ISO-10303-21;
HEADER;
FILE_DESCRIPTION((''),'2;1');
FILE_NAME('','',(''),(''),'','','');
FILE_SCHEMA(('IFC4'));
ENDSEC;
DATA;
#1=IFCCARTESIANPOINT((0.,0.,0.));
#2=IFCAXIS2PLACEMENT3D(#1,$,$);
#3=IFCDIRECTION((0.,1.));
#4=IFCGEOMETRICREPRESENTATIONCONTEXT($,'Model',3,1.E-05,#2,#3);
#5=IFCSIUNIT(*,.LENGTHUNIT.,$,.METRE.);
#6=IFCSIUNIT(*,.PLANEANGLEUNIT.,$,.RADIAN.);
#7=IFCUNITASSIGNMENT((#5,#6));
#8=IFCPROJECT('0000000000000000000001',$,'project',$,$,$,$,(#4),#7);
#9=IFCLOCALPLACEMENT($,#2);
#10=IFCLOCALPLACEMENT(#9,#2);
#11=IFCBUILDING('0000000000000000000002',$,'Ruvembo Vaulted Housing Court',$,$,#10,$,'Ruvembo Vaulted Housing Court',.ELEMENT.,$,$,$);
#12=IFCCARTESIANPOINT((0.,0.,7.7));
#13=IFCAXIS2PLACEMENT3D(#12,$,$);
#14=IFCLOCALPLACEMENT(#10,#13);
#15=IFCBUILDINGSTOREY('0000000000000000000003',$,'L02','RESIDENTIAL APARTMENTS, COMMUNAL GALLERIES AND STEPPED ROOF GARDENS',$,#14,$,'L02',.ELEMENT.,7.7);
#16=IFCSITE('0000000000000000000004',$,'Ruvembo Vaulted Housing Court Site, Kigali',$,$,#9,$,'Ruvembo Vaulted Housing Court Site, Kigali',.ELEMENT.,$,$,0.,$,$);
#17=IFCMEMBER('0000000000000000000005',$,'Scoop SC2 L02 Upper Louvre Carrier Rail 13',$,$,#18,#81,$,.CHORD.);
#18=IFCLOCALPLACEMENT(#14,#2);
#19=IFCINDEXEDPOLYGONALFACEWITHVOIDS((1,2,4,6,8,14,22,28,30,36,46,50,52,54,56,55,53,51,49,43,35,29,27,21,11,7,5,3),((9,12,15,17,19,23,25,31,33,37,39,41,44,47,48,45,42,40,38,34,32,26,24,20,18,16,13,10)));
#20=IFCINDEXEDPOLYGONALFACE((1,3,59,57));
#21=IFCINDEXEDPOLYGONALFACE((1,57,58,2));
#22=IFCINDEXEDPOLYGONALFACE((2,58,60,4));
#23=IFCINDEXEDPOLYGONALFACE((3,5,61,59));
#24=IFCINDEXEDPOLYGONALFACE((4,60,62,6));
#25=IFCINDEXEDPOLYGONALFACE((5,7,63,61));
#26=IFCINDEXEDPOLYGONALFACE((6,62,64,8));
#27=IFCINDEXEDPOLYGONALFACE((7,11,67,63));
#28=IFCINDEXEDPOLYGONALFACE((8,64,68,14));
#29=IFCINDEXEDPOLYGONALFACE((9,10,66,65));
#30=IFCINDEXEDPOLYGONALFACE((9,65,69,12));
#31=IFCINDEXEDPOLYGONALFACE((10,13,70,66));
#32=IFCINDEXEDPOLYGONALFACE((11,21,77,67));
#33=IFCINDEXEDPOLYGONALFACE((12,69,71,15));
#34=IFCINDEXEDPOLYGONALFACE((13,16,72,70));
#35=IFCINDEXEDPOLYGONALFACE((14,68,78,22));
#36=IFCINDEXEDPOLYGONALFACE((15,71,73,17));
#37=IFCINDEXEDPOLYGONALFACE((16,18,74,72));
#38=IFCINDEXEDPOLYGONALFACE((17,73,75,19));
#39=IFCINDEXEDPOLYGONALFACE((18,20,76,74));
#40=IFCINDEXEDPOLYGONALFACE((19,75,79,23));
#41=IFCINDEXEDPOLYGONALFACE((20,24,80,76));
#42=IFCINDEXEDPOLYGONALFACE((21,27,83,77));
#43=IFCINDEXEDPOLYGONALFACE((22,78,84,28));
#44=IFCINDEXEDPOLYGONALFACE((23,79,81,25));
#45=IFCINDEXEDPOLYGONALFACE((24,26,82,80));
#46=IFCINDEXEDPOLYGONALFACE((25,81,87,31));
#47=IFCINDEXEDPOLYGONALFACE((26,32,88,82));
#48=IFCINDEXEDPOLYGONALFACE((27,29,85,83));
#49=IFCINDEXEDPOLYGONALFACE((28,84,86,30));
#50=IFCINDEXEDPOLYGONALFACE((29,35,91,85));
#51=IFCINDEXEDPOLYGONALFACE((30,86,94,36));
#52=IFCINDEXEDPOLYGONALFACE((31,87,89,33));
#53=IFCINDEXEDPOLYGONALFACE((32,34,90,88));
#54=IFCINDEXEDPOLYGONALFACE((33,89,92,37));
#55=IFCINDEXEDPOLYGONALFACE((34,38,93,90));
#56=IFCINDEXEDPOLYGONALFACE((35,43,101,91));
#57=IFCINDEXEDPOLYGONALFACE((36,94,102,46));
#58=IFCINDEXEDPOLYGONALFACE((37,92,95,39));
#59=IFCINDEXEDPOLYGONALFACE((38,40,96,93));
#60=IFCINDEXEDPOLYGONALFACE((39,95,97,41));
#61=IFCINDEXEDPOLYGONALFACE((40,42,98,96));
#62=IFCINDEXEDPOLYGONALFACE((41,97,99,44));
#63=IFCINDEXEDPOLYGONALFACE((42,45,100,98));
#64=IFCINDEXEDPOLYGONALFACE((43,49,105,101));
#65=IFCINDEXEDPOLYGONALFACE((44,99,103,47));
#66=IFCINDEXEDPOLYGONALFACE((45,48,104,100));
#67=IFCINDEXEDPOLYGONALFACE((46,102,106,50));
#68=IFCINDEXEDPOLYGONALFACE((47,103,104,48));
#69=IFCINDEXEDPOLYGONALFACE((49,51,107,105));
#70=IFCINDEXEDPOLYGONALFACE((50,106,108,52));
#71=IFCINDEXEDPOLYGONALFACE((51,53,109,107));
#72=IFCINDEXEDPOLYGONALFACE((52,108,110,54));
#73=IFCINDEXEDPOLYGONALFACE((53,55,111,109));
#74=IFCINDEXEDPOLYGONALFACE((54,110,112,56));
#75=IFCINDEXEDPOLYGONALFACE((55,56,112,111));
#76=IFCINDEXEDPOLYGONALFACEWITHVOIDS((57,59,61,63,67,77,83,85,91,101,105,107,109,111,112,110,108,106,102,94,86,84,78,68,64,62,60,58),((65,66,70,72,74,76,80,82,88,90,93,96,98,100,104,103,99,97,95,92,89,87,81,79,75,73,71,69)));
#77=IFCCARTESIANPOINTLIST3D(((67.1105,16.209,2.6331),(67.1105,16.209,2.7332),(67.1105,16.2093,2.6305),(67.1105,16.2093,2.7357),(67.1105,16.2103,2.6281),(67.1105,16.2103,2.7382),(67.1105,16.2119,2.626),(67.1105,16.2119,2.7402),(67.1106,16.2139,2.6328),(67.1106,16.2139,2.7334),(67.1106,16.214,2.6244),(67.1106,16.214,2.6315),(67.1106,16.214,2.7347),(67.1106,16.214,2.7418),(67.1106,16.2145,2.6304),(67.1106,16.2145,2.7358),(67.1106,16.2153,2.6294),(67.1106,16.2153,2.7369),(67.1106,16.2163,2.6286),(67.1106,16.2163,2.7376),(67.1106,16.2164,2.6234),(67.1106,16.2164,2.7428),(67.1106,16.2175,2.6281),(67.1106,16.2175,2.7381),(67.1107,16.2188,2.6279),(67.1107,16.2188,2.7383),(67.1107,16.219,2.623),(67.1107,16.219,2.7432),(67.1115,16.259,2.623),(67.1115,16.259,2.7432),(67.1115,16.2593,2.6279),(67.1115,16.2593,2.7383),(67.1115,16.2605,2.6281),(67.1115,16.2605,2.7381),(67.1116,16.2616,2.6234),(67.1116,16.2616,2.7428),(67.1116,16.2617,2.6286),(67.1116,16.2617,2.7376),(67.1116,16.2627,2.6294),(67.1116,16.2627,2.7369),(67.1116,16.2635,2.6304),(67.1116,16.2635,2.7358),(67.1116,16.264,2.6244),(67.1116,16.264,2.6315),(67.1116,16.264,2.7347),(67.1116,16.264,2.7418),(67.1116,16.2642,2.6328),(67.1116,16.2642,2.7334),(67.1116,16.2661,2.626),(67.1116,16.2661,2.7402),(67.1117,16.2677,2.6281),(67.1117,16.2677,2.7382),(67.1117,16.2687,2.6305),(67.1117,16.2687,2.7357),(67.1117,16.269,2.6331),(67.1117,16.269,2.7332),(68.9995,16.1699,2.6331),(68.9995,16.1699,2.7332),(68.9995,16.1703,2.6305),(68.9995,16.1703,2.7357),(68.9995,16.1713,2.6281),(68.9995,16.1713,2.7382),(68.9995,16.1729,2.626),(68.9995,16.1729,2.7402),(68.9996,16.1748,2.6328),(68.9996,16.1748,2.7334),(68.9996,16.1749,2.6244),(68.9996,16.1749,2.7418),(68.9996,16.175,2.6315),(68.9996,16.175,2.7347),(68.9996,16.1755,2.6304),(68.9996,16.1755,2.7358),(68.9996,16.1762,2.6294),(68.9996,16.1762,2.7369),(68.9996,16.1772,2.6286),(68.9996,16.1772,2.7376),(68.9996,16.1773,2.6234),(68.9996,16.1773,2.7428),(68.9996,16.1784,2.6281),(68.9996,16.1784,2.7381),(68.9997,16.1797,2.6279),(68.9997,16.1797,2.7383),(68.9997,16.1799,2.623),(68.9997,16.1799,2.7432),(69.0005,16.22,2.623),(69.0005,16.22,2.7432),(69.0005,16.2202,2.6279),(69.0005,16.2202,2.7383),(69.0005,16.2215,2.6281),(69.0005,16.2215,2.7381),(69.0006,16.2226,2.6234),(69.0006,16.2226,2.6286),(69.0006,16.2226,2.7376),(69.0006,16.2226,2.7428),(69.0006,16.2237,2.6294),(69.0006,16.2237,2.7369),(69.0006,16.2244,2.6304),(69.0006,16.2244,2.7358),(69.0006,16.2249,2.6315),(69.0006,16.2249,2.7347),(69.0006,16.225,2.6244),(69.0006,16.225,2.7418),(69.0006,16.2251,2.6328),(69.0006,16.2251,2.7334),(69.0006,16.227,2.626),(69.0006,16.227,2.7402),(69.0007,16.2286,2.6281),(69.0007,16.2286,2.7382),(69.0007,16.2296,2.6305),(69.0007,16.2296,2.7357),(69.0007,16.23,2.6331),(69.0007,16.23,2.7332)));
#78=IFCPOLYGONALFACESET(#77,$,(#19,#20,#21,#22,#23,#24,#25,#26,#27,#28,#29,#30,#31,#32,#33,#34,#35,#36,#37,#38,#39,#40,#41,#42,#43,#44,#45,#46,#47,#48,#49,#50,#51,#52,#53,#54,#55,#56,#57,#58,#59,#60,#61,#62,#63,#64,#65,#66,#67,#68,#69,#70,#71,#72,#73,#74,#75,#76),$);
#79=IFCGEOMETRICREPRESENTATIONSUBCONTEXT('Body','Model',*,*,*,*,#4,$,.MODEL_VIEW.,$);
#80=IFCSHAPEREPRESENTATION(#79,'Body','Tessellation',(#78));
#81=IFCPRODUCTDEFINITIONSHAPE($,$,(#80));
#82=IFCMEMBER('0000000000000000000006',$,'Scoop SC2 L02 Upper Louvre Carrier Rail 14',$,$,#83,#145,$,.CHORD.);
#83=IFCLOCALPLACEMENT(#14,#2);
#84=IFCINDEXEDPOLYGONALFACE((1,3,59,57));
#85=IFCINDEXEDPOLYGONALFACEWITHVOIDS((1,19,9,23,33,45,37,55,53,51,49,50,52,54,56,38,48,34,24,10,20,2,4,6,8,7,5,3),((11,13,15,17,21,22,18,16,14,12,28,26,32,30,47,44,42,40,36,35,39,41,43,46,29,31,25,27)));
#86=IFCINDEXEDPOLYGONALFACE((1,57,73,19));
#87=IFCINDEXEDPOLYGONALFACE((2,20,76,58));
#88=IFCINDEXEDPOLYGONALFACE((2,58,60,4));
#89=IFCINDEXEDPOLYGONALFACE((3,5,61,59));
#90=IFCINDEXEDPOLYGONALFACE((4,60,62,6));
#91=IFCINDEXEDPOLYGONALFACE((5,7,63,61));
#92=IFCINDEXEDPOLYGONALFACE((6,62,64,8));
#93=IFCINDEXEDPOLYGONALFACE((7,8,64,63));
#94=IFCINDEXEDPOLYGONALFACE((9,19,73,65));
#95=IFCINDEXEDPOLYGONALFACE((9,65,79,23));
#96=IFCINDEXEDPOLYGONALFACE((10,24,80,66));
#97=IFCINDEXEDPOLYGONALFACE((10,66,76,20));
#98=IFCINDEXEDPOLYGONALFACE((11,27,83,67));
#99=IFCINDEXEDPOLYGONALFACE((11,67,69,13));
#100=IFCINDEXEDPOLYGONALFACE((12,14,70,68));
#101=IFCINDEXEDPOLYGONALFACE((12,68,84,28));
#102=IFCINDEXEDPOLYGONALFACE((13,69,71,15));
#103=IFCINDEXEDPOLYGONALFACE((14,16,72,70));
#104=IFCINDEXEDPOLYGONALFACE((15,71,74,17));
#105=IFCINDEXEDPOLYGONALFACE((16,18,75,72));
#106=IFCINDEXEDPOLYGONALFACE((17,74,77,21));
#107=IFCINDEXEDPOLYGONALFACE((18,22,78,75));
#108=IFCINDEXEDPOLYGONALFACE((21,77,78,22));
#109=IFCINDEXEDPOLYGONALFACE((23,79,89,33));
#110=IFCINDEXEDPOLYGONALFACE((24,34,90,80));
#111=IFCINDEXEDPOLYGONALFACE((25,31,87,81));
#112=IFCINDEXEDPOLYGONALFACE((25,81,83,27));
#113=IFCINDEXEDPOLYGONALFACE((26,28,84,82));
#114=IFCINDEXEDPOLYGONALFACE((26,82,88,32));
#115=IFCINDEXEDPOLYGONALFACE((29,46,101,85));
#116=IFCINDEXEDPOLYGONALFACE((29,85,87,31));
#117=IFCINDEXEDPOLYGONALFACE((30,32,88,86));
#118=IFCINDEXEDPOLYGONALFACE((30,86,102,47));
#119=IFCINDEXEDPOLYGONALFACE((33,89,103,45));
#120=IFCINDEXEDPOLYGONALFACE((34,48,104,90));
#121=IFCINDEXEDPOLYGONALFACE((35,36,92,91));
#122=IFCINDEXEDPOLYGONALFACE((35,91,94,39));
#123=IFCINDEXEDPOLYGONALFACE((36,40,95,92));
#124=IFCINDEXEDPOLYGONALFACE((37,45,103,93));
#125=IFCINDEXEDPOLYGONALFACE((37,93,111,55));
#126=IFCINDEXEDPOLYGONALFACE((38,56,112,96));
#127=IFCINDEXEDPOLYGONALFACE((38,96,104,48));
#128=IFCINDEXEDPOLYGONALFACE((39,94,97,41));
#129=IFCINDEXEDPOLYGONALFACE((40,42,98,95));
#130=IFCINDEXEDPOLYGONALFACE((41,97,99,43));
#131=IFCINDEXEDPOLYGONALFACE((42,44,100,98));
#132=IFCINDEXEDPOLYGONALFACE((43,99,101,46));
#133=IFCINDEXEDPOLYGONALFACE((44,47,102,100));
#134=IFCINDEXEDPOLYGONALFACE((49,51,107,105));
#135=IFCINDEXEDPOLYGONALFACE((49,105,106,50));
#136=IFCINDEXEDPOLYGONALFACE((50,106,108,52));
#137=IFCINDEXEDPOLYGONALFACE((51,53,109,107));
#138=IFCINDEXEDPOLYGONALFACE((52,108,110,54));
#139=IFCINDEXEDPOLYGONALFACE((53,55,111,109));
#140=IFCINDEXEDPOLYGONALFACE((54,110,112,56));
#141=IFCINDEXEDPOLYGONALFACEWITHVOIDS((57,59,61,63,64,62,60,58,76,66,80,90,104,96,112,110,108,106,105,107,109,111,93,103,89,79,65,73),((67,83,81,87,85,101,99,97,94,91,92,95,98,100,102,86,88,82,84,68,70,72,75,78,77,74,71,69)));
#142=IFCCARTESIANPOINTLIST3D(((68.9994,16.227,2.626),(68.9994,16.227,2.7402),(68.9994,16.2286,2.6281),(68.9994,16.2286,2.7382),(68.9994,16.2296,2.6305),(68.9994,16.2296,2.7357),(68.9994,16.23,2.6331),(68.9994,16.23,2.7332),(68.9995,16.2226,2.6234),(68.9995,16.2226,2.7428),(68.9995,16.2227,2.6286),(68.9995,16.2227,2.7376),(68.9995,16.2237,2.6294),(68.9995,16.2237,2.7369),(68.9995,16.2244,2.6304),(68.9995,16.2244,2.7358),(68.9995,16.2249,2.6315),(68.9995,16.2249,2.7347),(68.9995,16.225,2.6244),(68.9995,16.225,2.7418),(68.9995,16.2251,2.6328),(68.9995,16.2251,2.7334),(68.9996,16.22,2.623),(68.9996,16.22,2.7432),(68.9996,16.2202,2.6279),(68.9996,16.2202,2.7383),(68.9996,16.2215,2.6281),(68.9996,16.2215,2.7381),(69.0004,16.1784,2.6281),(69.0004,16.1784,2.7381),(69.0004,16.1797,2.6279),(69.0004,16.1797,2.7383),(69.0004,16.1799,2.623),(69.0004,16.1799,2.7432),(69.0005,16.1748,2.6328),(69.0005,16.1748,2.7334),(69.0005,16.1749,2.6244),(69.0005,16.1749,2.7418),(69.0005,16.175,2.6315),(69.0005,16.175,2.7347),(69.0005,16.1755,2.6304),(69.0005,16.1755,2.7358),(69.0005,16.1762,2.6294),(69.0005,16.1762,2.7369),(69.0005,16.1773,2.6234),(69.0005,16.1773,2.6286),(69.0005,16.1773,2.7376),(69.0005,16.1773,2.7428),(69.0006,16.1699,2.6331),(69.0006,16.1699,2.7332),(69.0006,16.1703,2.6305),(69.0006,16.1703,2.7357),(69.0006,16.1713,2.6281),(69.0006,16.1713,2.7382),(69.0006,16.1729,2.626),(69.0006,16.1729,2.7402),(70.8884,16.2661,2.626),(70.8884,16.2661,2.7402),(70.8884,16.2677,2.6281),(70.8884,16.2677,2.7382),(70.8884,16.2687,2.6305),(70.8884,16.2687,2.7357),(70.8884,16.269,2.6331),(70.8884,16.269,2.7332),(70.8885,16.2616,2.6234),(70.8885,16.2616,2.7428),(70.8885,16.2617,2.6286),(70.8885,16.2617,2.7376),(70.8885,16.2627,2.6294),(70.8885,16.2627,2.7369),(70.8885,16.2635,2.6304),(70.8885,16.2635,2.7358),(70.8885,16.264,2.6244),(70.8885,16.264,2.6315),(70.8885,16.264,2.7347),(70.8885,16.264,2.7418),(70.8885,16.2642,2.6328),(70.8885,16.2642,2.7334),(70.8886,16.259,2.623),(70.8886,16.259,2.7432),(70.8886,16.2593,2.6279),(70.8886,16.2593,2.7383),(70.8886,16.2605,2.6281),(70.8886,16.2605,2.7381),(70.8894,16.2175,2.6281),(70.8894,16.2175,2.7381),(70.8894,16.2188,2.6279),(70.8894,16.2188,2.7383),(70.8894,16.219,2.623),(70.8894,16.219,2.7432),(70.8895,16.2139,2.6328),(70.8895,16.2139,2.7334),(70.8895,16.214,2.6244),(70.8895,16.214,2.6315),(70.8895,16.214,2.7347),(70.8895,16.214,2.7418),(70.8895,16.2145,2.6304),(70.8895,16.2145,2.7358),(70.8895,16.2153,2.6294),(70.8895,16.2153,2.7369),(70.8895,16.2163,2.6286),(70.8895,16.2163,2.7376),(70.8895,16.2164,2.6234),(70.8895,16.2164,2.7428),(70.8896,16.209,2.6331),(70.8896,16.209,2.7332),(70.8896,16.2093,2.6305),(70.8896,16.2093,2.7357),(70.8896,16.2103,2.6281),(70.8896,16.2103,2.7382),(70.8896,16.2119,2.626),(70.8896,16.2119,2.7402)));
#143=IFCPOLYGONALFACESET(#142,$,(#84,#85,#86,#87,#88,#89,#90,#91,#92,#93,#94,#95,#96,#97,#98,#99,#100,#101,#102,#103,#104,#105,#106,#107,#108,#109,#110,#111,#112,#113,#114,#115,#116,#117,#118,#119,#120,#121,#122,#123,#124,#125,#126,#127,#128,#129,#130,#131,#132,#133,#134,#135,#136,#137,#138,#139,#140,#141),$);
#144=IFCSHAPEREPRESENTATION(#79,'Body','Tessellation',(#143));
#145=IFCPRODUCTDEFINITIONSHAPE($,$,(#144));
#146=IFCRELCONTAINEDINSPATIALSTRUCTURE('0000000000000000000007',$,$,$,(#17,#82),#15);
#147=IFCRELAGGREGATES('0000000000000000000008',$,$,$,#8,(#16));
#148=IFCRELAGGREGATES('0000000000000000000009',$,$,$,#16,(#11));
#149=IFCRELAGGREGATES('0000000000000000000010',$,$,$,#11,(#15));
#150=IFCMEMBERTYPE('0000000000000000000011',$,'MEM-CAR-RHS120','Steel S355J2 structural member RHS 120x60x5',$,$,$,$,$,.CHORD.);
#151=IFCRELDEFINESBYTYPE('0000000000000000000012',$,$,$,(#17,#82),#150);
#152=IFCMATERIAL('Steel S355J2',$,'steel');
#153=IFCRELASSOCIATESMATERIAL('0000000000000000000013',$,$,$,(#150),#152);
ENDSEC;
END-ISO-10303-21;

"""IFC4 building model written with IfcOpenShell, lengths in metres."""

from ifc_helpers import new_model, si_unit, direction, frame, origin, origin_2d, place, context, subcontext, project, spatial, hollow_rectangle, extrude, material, material_profile, profile_set, type_object, element, save


model = new_model("IFC4")

# Units and contexts
model_context = context("Model", 3, precision=1e-05, world=origin(), true_north=direction((0.0, 1.0)))
body_context = subcontext(model_context, "Body", "Model", "MODEL_VIEW")
ifc_project = project(units=[si_unit("LENGTHUNIT", "METRE"), si_unit("PLANEANGLEUNIT", "RADIAN")], contexts=[model_context])

# Site, building, storey
site_placement = place(None, origin())
site = spatial("IfcSite", under=ifc_project, at=site_placement, Name="Ruvembo Vaulted Housing Court Site, Kigali", LongName="Ruvembo Vaulted Housing Court Site, Kigali", CompositionType="ELEMENT", RefElevation=0.0)
building_placement = place(site_placement, origin())
building = spatial("IfcBuilding", under=site, at=building_placement, Name="Ruvembo Vaulted Housing Court", LongName="Ruvembo Vaulted Housing Court", CompositionType="ELEMENT")
storey_placement = place(building_placement, frame((0.0, 0.0, 7.7)))
storey = spatial("IfcBuildingStorey", under=building, at=storey_placement, Name="L02", Description="RESIDENTIAL APARTMENTS, COMMUNAL GALLERIES AND STEPPED ROOF GARDENS", LongName="L02", CompositionType="ELEMENT", Elevation=7.7)

# Shared definitions
ifc_material_1 = material(Name="Steel S355J2", Category="steel")

# Members
ifc_material_profile_1 = material_profile(ifc_material_1, hollow_rectangle(XDim=0.0601, YDim=0.1201, WallThickness=0.0049, InnerFilletRadius=0.0049, OuterFilletRadius=0.01, at=origin_2d()), Name="RHS 120x60x5")
ifc_profile_set_1 = profile_set([ifc_material_profile_1], Name="Steel S355J2")
member_type_1 = type_object("IfcMemberType", Name="MEM-CAR-RHS120", Description="Steel S355J2 structural member RHS 120x60x5", PredefinedType="CHORD", material=ifc_profile_set_1)
for number, where, z_axis, x_axis, name in (
    (1, (67.1111, 16.239, 2.6831), (0.999786, -0.020675, 0.0), (0.020675, 0.999786, 0.0), "Scoop SC2 L02 Upper Louvre Carrier Rail 13"),
    (2, (69.0, 16.2, 2.6831), (0.999786, 0.020675, 0.0), (-0.020675, 0.999786, 0.0), "Scoop SC2 L02 Upper Louvre Carrier Rail 14"),
):
    element("IfcMember", number, at=place(storey_placement, frame(where, z_axis=z_axis, x_axis=x_axis)), inside=storey, type_object=member_type_1, Name=name, PredefinedType="CHORD", context=body_context, shape_type="SweptSolid", body=[
        extrude(hollow_rectangle(XDim=0.0601, YDim=0.1201, WallThickness=0.0049, InnerFilletRadius=0.0049, OuterFilletRadius=0.01, at=origin_2d()), origin(), (0.0, 0.0, 1.0), 1.8894),
    ])

save(model, "model.ifc")
